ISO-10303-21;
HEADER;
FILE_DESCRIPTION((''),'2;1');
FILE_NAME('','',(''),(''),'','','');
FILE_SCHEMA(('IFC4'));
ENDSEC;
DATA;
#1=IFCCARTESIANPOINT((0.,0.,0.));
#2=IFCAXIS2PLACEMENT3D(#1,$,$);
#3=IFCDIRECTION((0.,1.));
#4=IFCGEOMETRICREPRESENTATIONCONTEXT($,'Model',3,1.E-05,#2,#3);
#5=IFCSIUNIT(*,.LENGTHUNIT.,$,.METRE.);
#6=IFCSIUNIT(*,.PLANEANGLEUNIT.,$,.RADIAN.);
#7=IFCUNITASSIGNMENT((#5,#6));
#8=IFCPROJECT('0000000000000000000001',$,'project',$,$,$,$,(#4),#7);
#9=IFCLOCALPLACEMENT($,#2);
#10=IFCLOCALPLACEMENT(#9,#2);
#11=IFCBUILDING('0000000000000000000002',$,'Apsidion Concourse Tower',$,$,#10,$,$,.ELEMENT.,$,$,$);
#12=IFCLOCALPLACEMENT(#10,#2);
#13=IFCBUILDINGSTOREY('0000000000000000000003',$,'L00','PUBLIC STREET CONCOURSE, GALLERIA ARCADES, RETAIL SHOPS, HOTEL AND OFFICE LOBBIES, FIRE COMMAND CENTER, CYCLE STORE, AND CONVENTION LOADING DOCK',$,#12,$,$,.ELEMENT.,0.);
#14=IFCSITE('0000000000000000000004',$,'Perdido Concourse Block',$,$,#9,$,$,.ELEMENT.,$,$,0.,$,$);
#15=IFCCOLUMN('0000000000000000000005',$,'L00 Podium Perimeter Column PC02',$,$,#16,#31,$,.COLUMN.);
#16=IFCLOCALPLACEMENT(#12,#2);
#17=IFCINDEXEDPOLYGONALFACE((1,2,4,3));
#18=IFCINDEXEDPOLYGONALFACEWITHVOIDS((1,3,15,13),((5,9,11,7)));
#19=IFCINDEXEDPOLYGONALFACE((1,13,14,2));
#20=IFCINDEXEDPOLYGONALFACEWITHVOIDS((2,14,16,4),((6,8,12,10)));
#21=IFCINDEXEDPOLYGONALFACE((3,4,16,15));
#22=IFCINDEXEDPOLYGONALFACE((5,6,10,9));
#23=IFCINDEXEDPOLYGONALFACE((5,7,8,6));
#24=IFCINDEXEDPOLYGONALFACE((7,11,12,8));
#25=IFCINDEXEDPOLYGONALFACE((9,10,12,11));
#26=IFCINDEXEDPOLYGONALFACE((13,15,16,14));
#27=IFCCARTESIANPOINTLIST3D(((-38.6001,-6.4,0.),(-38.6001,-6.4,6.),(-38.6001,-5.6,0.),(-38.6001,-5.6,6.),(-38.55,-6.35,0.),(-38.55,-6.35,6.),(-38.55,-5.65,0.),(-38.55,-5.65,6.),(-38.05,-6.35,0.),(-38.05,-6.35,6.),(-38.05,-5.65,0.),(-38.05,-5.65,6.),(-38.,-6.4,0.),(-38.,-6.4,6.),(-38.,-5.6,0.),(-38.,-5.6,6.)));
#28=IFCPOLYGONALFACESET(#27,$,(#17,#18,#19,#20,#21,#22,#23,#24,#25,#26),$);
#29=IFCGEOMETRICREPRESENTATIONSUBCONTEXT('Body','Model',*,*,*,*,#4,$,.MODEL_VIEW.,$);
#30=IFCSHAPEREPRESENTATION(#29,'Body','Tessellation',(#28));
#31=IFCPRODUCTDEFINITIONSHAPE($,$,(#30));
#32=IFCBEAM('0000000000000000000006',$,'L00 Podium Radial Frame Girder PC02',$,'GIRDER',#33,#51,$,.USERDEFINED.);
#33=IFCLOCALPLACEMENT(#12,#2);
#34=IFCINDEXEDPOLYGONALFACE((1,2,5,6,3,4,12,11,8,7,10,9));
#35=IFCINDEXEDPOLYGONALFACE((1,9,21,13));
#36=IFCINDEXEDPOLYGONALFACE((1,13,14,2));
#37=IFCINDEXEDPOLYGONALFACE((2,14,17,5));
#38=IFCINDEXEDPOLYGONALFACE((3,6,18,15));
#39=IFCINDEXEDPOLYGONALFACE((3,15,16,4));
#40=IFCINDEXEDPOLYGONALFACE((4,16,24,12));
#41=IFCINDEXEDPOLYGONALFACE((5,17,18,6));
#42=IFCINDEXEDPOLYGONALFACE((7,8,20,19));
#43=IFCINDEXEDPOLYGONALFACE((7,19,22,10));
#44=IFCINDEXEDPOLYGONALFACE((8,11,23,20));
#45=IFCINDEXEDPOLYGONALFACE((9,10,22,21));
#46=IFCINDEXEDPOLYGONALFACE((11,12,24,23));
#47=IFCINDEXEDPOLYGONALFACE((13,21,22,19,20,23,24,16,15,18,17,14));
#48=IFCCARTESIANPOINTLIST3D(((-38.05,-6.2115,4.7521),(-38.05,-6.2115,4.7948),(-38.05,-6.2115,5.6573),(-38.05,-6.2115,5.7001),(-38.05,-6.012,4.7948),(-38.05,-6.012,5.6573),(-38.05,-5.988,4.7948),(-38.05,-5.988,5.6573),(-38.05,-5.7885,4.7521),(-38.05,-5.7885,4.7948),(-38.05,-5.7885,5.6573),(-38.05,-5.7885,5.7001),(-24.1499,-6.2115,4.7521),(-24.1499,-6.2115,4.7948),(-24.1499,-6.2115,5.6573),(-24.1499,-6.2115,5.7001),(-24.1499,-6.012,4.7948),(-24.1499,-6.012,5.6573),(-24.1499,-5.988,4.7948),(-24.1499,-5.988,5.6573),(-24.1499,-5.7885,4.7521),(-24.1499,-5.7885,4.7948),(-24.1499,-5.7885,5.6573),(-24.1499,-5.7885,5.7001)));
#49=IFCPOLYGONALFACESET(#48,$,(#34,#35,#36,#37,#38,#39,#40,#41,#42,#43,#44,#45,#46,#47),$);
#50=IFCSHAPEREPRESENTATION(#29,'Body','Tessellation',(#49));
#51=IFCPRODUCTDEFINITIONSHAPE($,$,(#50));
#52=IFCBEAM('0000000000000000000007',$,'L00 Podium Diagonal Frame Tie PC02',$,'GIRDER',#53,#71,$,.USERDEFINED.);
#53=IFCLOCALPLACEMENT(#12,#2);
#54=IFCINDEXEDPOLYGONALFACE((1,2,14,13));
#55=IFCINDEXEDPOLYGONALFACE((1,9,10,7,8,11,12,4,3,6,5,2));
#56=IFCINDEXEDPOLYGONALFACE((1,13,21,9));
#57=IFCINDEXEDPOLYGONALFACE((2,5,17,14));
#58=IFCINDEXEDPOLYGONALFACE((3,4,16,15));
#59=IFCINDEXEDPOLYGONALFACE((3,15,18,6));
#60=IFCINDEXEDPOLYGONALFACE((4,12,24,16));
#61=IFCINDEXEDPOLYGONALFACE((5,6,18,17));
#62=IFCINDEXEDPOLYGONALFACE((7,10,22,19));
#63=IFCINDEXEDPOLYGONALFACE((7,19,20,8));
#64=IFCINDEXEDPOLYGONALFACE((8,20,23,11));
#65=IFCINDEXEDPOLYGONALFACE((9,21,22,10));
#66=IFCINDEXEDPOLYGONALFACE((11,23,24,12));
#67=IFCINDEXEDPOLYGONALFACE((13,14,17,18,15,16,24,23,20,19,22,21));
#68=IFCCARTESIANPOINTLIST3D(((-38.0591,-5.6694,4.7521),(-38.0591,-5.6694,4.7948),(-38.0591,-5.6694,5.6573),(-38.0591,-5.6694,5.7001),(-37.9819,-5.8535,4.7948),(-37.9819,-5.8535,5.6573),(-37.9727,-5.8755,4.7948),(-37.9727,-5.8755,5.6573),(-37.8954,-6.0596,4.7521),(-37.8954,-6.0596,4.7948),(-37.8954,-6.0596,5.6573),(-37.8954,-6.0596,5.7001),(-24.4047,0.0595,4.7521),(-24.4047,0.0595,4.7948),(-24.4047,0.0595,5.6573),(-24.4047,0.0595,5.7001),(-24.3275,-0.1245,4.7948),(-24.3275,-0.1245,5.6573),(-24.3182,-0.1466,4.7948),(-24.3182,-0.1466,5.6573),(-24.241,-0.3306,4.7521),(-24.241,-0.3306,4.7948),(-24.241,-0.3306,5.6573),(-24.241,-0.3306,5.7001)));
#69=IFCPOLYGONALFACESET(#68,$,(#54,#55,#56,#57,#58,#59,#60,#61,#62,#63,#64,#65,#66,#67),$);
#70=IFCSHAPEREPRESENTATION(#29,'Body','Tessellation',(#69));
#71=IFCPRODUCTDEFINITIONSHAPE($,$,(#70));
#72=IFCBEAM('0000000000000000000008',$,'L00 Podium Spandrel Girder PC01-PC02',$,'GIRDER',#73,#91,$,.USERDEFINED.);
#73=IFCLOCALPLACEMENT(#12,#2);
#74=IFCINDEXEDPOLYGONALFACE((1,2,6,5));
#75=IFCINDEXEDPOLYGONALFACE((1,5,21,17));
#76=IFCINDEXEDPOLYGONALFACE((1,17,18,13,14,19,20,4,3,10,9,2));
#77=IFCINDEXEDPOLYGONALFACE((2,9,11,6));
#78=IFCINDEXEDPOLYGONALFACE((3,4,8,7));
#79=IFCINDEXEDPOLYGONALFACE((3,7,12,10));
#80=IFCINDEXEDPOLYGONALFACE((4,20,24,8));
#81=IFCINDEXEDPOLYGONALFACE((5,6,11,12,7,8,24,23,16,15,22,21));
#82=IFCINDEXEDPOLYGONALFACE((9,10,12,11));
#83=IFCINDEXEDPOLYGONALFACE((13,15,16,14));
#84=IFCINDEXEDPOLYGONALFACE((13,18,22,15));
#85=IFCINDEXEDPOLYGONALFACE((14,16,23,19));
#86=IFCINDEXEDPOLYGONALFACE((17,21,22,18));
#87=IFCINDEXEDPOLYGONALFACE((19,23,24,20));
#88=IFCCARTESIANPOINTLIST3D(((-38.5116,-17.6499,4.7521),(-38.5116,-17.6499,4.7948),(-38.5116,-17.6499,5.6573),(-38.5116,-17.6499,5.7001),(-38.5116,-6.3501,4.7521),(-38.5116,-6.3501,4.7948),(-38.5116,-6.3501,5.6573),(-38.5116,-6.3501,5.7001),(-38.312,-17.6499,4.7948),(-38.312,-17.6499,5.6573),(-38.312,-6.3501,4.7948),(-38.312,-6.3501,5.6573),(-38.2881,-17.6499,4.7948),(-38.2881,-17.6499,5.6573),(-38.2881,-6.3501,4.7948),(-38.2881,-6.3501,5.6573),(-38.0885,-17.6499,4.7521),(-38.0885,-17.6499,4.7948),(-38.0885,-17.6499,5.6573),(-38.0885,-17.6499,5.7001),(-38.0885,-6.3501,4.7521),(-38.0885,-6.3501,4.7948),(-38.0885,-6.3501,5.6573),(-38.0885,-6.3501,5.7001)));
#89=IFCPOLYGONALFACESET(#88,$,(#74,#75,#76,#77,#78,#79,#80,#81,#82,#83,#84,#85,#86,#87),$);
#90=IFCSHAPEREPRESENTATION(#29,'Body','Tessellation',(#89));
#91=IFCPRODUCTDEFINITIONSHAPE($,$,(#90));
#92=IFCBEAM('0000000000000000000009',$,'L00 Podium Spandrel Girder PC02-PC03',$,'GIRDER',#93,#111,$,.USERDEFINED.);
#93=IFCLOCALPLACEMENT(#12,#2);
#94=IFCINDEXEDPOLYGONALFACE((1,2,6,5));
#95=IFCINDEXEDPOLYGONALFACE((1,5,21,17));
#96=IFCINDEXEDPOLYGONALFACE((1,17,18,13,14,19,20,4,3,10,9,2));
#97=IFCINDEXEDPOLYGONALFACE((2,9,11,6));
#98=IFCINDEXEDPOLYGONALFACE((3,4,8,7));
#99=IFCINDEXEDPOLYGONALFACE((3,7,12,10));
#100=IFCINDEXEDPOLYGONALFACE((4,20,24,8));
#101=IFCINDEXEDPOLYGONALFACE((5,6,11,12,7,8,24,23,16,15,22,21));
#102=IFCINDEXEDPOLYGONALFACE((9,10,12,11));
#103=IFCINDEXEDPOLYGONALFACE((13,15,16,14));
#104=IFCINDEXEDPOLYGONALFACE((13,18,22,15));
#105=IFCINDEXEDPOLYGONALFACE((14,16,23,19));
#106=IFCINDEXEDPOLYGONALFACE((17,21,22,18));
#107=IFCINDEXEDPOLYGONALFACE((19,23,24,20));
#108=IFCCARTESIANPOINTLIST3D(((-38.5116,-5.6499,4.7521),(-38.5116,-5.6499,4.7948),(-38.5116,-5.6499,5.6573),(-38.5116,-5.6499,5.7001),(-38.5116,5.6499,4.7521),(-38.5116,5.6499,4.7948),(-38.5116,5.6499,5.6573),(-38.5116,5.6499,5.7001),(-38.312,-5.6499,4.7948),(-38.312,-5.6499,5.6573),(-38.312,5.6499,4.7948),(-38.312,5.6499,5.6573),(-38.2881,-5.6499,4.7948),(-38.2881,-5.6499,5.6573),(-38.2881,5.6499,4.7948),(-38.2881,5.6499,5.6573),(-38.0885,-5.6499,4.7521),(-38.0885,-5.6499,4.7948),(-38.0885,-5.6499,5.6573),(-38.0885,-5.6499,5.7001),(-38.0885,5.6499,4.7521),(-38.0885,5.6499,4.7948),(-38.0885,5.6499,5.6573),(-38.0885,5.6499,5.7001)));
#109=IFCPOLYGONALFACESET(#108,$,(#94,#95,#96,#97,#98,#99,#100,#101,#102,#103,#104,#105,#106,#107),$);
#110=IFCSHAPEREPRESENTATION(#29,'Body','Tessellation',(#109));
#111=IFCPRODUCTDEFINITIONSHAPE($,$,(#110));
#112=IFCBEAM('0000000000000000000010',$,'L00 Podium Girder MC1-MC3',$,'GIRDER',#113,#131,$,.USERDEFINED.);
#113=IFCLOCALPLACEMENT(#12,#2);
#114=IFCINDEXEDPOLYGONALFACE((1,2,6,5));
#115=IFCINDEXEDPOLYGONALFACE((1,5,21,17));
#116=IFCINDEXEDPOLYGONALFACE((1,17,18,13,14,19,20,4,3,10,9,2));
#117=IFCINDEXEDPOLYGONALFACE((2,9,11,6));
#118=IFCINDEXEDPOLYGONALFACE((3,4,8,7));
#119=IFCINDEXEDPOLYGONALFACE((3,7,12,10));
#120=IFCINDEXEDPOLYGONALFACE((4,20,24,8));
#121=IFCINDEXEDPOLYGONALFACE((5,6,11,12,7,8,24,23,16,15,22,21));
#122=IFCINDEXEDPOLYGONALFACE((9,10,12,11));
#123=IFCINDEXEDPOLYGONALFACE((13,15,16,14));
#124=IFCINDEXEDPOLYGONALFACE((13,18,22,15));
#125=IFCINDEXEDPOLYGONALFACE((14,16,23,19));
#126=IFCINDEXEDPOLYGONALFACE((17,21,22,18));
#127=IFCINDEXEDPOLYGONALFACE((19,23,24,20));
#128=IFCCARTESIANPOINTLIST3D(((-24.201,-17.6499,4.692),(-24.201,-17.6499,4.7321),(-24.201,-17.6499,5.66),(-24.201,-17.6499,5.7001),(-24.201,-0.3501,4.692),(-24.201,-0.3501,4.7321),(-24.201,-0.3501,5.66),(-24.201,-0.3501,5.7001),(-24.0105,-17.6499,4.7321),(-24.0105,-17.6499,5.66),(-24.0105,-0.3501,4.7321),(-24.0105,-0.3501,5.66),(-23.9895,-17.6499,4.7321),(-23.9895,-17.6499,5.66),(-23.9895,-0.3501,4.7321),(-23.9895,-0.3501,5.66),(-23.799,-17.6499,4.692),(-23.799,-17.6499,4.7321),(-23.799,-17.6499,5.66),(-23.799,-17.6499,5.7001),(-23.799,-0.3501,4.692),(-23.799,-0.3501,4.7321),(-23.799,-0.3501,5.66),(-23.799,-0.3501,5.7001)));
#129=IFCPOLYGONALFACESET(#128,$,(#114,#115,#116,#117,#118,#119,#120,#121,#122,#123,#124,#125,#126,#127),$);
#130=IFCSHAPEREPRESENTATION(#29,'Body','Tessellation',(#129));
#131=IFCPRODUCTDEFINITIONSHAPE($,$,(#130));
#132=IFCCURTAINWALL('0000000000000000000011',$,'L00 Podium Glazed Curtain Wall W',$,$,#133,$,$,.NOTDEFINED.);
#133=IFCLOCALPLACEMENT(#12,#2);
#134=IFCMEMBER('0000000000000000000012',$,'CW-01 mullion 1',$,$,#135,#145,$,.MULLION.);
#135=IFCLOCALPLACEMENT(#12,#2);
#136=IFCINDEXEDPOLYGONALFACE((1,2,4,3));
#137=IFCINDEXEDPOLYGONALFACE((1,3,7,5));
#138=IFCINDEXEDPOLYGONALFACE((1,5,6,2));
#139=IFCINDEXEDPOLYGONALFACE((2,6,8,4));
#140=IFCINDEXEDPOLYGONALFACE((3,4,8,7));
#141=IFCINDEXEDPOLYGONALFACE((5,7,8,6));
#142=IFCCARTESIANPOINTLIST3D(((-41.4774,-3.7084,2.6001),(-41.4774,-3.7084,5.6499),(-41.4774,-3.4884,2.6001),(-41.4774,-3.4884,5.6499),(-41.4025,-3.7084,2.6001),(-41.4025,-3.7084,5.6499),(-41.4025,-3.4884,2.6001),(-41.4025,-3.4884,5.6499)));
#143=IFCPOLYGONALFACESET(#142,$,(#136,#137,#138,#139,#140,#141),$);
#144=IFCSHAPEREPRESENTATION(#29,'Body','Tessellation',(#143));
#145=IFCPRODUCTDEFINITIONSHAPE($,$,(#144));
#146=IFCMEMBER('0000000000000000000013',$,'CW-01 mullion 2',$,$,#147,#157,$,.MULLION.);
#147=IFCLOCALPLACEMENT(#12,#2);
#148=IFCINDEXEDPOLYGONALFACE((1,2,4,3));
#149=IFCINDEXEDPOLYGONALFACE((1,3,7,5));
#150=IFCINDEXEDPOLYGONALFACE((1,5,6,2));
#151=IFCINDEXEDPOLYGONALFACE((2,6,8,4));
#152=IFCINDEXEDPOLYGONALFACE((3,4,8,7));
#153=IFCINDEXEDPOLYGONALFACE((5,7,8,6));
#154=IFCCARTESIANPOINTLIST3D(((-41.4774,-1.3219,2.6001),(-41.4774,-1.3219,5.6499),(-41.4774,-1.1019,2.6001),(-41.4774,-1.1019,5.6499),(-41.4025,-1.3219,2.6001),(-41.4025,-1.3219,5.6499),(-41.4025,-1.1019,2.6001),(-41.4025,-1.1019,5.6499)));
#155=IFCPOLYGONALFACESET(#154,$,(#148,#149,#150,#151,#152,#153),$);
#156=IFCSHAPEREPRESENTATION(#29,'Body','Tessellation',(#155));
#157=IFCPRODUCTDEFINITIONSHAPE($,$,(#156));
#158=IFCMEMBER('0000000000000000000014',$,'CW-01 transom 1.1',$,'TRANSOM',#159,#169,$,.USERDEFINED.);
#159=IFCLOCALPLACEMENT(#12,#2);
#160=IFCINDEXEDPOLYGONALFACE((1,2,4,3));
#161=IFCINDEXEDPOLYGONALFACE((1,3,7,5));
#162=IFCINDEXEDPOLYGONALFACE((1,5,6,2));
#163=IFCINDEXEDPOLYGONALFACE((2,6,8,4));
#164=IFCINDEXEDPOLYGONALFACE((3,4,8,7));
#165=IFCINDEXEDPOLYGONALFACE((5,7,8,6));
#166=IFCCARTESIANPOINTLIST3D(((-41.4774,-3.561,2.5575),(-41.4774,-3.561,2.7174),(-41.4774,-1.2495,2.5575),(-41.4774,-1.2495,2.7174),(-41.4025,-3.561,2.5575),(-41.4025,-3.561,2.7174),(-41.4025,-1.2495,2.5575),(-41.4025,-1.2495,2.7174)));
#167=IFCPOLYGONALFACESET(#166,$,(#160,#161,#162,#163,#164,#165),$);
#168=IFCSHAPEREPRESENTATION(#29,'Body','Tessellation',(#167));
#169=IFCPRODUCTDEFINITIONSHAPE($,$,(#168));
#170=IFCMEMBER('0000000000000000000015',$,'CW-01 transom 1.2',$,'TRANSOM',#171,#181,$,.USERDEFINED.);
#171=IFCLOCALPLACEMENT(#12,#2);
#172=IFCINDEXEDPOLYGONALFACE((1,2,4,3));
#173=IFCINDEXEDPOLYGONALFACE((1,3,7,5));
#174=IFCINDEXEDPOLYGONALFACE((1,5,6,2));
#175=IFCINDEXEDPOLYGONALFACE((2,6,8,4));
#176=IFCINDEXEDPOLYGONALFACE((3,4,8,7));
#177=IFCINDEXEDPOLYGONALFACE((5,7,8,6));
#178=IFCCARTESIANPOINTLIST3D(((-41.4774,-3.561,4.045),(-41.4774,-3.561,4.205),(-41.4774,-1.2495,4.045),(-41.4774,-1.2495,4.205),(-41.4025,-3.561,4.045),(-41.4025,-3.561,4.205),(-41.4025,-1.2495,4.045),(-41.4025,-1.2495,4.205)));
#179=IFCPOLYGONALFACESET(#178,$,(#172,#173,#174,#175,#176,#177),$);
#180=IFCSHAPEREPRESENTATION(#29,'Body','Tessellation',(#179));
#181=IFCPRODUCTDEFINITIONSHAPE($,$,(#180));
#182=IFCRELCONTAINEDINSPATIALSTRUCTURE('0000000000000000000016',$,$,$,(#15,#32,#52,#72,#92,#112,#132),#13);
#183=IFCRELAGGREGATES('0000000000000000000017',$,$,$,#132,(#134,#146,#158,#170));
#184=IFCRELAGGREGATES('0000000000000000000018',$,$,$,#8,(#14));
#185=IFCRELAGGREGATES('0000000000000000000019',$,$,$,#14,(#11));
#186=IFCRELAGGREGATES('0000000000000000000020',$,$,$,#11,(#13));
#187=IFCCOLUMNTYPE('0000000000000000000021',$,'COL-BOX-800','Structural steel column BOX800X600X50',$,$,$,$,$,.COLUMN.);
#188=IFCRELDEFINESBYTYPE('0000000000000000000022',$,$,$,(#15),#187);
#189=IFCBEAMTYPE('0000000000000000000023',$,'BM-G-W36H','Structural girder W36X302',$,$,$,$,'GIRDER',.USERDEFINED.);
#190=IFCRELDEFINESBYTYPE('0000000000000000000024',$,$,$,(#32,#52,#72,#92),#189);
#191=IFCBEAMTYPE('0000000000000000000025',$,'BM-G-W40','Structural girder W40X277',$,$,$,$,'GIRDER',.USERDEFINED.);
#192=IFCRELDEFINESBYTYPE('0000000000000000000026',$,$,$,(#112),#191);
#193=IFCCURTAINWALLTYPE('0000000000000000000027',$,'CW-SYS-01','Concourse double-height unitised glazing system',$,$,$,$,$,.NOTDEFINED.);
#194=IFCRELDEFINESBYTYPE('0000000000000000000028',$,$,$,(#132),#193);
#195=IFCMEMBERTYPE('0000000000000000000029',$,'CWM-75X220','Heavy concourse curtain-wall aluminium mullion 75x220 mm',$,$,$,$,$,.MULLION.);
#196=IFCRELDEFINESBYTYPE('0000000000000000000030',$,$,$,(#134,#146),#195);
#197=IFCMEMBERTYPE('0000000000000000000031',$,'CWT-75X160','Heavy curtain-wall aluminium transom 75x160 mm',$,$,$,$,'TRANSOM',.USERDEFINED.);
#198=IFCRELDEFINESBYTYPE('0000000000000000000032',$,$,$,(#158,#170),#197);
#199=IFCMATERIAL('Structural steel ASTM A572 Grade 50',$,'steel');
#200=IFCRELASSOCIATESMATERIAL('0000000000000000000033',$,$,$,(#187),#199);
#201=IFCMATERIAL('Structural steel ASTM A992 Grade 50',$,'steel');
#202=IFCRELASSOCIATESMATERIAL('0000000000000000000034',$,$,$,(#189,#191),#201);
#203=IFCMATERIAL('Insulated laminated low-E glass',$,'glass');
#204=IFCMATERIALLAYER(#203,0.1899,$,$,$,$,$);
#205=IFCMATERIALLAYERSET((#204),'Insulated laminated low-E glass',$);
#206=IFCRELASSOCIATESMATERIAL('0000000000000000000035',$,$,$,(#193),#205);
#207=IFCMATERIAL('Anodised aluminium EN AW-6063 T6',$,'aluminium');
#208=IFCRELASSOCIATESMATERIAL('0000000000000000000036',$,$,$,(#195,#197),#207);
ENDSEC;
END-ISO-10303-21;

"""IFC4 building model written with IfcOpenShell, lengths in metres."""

from ifc_helpers import new_model, si_unit, direction, frame, origin, origin_2d, place, context, subcontext, project, spatial, rectangle, hollow_rectangle, i_section, extrude, material, layer, layer_set, material_profile, profile_set, type_object, element, aggregate, save


model = new_model("IFC4")

# Units and contexts
model_context = context("Model", 3, precision=1e-05, world=origin(), true_north=direction((0.0, 1.0)))
body_context = subcontext(model_context, "Body", "Model", "MODEL_VIEW")
ifc_project = project(units=[si_unit("LENGTHUNIT", "METRE"), si_unit("PLANEANGLEUNIT", "RADIAN")], contexts=[model_context])

# Site, building, storey
site_placement = place(None, origin())
site = spatial("IfcSite", under=ifc_project, at=site_placement, Name="Perdido Concourse Block", CompositionType="ELEMENT", RefElevation=0.0)
building_placement = place(site_placement, origin())
building = spatial("IfcBuilding", under=site, at=building_placement, Name="Apsidion Concourse Tower", CompositionType="ELEMENT")
storey_placement = place(building_placement, origin())
storey = spatial("IfcBuildingStorey", under=building, at=storey_placement, Name="L00", Description="PUBLIC STREET CONCOURSE, GALLERIA ARCADES, RETAIL SHOPS, HOTEL AND OFFICE LOBBIES, FIRE COMMAND CENTER, CYCLE STORE, AND CONVENTION LOADING DOCK", CompositionType="ELEMENT", Elevation=0.0)

# Column
ifc_material_1 = material(Name="Structural steel ASTM A572 Grade 50", Category="steel")
ifc_material_profile_1 = material_profile(ifc_material_1, hollow_rectangle(XDim=0.6001, YDim=0.8, WallThickness=0.05, at=origin_2d()), Name="BOX800X600X50")
ifc_profile_set_1 = profile_set([ifc_material_profile_1], Name="Structural steel ASTM A572 Grade 50")
column_type = type_object("IfcColumnType", Name="COL-BOX-800", Description="Structural steel column BOX800X600X50", PredefinedType="COLUMN", material=ifc_profile_set_1)
column_placement = place(storey_placement, frame((-38.3, -6.0, 0.0), z_axis=(0.0, 0.0, 1.0), x_axis=(1.0, 0.0, 0.0)))
element("IfcColumn", 1, at=column_placement, inside=storey, type_object=column_type, Name="L00 Podium Perimeter Column PC02", PredefinedType="COLUMN", context=body_context, shape_type="SweptSolid", body=[
    extrude(hollow_rectangle(XDim=0.6001, YDim=0.8, WallThickness=0.05, at=origin_2d()), origin(), (0.0, 0.0, 1.0), 6.0),
])

# Beams
ifc_material_2 = material(Name="Structural steel ASTM A992 Grade 50", Category="steel")
ifc_material_profile_2 = material_profile(ifc_material_2, i_section(OverallWidth=0.4231, OverallDepth=0.948, WebThickness=0.0239, FlangeThickness=0.0427, at=origin_2d()), Name="W36X302")
ifc_profile_set_2 = profile_set([ifc_material_profile_2], Name="Structural steel ASTM A992 Grade 50")
beam_type_1 = type_object("IfcBeamType", Name="BM-G-W36H", Description="Structural girder W36X302", ElementType="GIRDER", PredefinedType="USERDEFINED", material=ifc_profile_set_2)
beam_1_placement = place(storey_placement, frame((-38.05, -6.0, 5.2261), z_axis=(1.0, 0.0, 0.0), x_axis=(0.0, 1.0, 0.0)))
element("IfcBeam", 2, at=beam_1_placement, inside=storey, type_object=beam_type_1, Name="L00 Podium Radial Frame Girder PC02", ObjectType="GIRDER", PredefinedType="USERDEFINED", context=body_context, shape_type="SweptSolid", body=[
    extrude(i_section(OverallWidth=0.4231, OverallDepth=0.948, WebThickness=0.0239, FlangeThickness=0.0427, at=origin_2d()), origin(), (0.0, 0.0, 1.0), 13.9001),
])
beam_2_placement = place(storey_placement, frame((-37.9773, -5.8645, 5.2261), z_axis=(0.922124, 0.386894, 0.0), x_axis=(-0.386894, 0.922124, 0.0)))
element("IfcBeam", 3, at=beam_2_placement, inside=storey, type_object=beam_type_1, Name="L00 Podium Diagonal Frame Tie PC02", ObjectType="GIRDER", PredefinedType="USERDEFINED", context=body_context, shape_type="SweptSolid", body=[
    extrude(i_section(OverallWidth=0.4231, OverallDepth=0.948, WebThickness=0.0239, FlangeThickness=0.0427, at=origin_2d()), origin(), (0.0, 0.0, 1.0), 14.8076),
])
for number, where, z_axis, x_axis, name in (
    (4, (-38.3, -17.6499, 5.2261), (0.0, 1.0, 0.0), (-1.0, 0.0, 0.0), "L00 Podium Spandrel Girder PC01-PC02"),
    (5, (-38.3, -5.6499, 5.2261), (0.0, 1.0, 0.0), (-1.0, 0.0, 0.0), "L00 Podium Spandrel Girder PC02-PC03"),
):
    element("IfcBeam", number, at=place(storey_placement, frame(where, z_axis=z_axis, x_axis=x_axis)), inside=storey, type_object=beam_type_1, Name=name, ObjectType="GIRDER", PredefinedType="USERDEFINED", context=body_context, shape_type="SweptSolid", body=[
        extrude(i_section(OverallWidth=0.4231, OverallDepth=0.948, WebThickness=0.0239, FlangeThickness=0.0427, at=origin_2d()), origin(), (0.0, 0.0, 1.0), 11.2998),
    ])
ifc_material_profile_3 = material_profile(ifc_material_2, i_section(OverallWidth=0.4021, OverallDepth=1.0081, WebThickness=0.021, FlangeThickness=0.04, at=origin_2d()), Name="W40X277")
ifc_profile_set_3 = profile_set([ifc_material_profile_3], Name="Structural steel ASTM A992 Grade 50")
beam_type_2 = type_object("IfcBeamType", Name="BM-G-W40", Description="Structural girder W40X277", ElementType="GIRDER", PredefinedType="USERDEFINED", material=ifc_profile_set_3)
beam_3_placement = place(storey_placement, frame((-24.0, -17.6499, 5.196), z_axis=(0.0, 1.0, 0.0), x_axis=(-1.0, 0.0, 0.0)))
element("IfcBeam", 6, at=beam_3_placement, inside=storey, type_object=beam_type_2, Name="L00 Podium Girder MC1-MC3", ObjectType="GIRDER", PredefinedType="USERDEFINED", context=body_context, shape_type="SweptSolid", body=[
    extrude(i_section(OverallWidth=0.4021, OverallDepth=1.0081, WebThickness=0.021, FlangeThickness=0.04, at=origin_2d()), origin(), (0.0, 0.0, 1.0), 17.2998),
])

# Curtain wall, members
ifc_material_3 = material(Name="Insulated laminated low-E glass", Category="glass")
ifc_layer_1 = layer(ifc_material_3, 0.1899)
ifc_layer_set_1 = layer_set([ifc_layer_1], Name="Insulated laminated low-E glass")
curtain_wall_type = type_object("IfcCurtainWallType", Name="CW-SYS-01", Description="Concourse double-height unitised glazing system", PredefinedType="NOTDEFINED", material=ifc_layer_set_1)
curtain_wall_placement = place(storey_placement, origin())
curtain_wall = element("IfcCurtainWall", 7, at=curtain_wall_placement, inside=storey, type_object=curtain_wall_type, Name="L00 Podium Glazed Curtain Wall W", PredefinedType="NOTDEFINED")
ifc_material_4 = material(Name="Anodised aluminium EN AW-6063 T6", Category="aluminium")
ifc_material_profile_4 = material_profile(ifc_material_4, rectangle(XDim=0.075, YDim=0.22, at=origin_2d()), Name="ALU MULLION 75x220")
ifc_profile_set_4 = profile_set([ifc_material_profile_4], Name="Anodised aluminium EN AW-6063 T6")
member_type_1 = type_object("IfcMemberType", Name="CWM-75X220", Description="Heavy concourse curtain-wall aluminium mullion 75x220 mm", PredefinedType="MULLION", material=ifc_profile_set_4)
member_1_placement = place(storey_placement, frame((-41.4399, -3.5984, 2.6001), z_axis=(0.0, 0.0, 1.0), x_axis=(-1.0, 0.0, 0.0)))
member_1 = element("IfcMember", 8, at=member_1_placement, type_object=member_type_1, Name="CW-01 mullion 1", PredefinedType="MULLION", context=body_context, shape_type="SweptSolid", body=[
    extrude(rectangle(XDim=0.075, YDim=0.22, at=origin_2d()), origin(), (0.0, 0.0, 1.0), 3.0498),
])
member_2_placement = place(storey_placement, frame((-41.4399, -1.2119, 2.6001), z_axis=(0.0, 0.0, 1.0), x_axis=(-1.0, 0.0, 0.0)))
member_2 = element("IfcMember", 9, at=member_2_placement, type_object=member_type_1, Name="CW-01 mullion 2", PredefinedType="MULLION", context=body_context, shape_type="SweptSolid", body=[
    extrude(rectangle(XDim=0.075, YDim=0.22, at=origin_2d()), origin(), (0.0, 0.0, 1.0), 3.0498),
])
ifc_material_profile_5 = material_profile(ifc_material_4, rectangle(XDim=0.075, YDim=0.1599, at=origin_2d()), Name="ALU TRANSOM 75x160")
ifc_profile_set_5 = profile_set([ifc_material_profile_5], Name="Anodised aluminium EN AW-6063 T6")
member_type_2 = type_object("IfcMemberType", Name="CWT-75X160", Description="Heavy curtain-wall aluminium transom 75x160 mm", ElementType="TRANSOM", PredefinedType="USERDEFINED", material=ifc_profile_set_5)
member_3_placement = place(storey_placement, frame((-41.4399, -3.561, 2.6375), z_axis=(0.0, 1.0, 0.0), x_axis=(-1.0, 0.0, 0.0)))
member_3 = element("IfcMember", 10, at=member_3_placement, type_object=member_type_2, Name="CW-01 transom 1.1", ObjectType="TRANSOM", PredefinedType="USERDEFINED", context=body_context, shape_type="SweptSolid", body=[
    extrude(rectangle(XDim=0.075, YDim=0.1599, at=origin_2d()), origin(), (0.0, 0.0, 1.0), 2.3115),
])
member_4_placement = place(storey_placement, frame((-41.4399, -3.561, 4.125), z_axis=(0.0, 1.0, 0.0), x_axis=(-1.0, 0.0, 0.0)))
member_4 = element("IfcMember", 11, at=member_4_placement, type_object=member_type_2, Name="CW-01 transom 1.2", ObjectType="TRANSOM", PredefinedType="USERDEFINED", context=body_context, shape_type="SweptSolid", body=[
    extrude(rectangle(XDim=0.075, YDim=0.1599, at=origin_2d()), origin(), (0.0, 0.0, 1.0), 2.3115),
])
aggregate(curtain_wall, [member_1, member_2, member_3, member_4])

save(model, "model.ifc")
